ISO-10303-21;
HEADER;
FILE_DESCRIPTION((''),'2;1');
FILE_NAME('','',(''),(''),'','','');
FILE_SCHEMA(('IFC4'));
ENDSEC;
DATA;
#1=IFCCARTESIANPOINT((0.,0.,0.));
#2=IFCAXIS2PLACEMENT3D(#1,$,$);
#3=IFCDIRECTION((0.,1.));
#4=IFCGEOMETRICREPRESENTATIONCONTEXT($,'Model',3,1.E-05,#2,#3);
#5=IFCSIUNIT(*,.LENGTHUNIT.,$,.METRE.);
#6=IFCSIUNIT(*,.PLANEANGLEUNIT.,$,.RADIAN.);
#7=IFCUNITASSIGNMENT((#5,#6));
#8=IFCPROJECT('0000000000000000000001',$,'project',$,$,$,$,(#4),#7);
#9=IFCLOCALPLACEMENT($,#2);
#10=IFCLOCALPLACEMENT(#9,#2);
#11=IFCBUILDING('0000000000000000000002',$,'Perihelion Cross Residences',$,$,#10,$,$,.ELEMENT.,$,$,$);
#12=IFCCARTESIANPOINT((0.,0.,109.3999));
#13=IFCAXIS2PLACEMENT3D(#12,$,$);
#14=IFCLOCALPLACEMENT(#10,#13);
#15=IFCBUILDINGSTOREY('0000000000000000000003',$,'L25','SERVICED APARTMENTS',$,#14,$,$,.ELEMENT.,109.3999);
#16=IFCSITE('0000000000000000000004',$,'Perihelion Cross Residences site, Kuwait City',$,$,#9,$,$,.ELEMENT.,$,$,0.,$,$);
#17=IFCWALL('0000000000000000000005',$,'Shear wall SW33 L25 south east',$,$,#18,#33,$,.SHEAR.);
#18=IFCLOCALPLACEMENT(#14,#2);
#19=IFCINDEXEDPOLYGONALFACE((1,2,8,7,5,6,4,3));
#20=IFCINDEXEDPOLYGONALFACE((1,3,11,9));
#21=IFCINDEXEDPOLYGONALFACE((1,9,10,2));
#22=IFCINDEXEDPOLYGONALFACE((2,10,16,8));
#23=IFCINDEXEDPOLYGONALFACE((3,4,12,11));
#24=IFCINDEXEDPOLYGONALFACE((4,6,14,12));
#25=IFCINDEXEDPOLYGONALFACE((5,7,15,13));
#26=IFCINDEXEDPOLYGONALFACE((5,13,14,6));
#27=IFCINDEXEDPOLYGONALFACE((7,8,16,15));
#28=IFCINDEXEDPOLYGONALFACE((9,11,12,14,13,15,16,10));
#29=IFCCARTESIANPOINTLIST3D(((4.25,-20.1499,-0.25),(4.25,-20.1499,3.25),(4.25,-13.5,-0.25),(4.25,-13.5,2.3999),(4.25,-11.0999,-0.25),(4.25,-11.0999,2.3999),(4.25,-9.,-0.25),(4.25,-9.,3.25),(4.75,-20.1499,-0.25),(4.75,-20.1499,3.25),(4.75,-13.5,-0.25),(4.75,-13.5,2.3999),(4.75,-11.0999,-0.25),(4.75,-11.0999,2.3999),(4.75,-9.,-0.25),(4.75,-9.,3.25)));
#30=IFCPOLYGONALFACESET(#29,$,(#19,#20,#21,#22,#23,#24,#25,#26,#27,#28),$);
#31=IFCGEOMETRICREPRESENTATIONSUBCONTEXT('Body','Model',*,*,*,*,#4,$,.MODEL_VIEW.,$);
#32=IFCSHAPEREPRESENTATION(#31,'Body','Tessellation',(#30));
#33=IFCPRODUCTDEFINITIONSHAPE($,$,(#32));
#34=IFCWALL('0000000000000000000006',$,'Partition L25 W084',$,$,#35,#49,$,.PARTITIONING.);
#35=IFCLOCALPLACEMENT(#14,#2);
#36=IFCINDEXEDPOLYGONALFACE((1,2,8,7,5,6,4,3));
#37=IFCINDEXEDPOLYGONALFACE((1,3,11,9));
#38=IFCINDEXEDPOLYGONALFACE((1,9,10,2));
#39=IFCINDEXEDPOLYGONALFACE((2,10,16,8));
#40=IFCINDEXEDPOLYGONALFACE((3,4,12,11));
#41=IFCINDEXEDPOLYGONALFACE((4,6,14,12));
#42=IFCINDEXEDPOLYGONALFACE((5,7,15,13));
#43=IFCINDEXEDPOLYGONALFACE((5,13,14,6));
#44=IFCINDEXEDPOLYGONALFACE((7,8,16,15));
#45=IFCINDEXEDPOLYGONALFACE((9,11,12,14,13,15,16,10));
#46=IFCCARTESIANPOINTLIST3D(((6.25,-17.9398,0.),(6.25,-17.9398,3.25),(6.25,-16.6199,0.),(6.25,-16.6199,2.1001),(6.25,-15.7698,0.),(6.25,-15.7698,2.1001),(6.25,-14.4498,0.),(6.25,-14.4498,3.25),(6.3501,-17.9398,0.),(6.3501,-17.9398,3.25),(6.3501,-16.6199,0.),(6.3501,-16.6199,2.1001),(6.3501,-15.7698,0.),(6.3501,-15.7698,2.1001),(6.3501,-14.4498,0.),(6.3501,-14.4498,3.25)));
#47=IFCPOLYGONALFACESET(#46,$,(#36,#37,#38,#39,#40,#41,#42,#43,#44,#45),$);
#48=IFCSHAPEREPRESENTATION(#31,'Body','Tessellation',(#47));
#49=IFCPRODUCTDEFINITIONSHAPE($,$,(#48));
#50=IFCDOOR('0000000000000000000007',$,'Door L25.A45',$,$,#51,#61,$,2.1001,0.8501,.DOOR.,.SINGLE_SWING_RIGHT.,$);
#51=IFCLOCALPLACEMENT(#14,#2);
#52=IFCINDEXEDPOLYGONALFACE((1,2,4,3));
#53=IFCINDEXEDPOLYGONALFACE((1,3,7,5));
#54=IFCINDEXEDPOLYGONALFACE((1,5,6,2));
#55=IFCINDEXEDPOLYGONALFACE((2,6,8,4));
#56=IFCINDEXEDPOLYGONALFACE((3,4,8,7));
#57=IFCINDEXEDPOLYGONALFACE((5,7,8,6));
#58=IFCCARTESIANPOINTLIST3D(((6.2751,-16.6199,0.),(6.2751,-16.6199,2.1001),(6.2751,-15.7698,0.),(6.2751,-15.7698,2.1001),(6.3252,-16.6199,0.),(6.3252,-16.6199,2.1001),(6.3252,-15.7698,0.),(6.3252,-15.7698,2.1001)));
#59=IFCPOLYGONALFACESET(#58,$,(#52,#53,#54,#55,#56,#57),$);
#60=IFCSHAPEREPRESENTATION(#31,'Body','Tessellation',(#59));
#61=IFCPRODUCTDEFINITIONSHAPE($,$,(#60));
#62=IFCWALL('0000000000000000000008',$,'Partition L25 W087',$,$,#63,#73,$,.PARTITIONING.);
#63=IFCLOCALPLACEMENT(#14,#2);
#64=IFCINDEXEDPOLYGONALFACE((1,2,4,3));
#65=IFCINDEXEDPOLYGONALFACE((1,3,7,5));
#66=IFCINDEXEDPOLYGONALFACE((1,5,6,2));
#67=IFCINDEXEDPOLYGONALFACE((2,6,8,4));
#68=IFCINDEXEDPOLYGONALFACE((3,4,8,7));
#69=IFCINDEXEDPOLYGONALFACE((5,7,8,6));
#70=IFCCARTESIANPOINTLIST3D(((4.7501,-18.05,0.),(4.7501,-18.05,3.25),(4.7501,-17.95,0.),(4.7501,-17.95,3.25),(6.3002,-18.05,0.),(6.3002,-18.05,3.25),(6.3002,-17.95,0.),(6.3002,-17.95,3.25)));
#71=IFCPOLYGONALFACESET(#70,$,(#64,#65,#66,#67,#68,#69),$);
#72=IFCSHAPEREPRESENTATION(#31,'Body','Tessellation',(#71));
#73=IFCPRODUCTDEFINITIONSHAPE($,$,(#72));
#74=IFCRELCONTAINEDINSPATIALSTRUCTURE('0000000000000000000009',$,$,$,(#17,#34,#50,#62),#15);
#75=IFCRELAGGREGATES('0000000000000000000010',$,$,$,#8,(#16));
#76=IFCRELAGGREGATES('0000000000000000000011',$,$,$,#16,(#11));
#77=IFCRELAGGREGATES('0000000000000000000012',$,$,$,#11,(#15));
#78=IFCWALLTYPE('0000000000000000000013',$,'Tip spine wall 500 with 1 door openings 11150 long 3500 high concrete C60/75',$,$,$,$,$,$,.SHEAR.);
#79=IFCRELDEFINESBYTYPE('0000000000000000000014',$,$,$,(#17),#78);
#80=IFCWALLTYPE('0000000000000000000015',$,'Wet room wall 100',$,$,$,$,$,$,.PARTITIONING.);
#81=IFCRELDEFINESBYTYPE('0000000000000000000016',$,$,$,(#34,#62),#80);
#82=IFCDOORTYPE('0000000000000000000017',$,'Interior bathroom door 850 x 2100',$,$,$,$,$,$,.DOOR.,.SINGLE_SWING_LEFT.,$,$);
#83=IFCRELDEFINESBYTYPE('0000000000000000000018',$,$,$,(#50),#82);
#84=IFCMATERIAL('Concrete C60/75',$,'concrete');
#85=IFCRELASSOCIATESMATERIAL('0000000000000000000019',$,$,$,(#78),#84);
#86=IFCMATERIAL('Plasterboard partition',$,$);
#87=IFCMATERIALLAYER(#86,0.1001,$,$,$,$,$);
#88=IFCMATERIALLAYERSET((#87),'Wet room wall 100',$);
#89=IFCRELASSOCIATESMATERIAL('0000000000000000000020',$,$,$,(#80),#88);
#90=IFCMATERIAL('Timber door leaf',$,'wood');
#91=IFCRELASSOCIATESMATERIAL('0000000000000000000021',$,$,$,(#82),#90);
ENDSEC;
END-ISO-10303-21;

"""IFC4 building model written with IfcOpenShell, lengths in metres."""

from ifc_helpers import new_model, si_unit, direction, frame, frame_2d, origin, place, context, subcontext, project, spatial, polyline, rectangle, outline, extrude, material, layer, layer_set, material_profile, profile_set, type_object, element, fill, save


model = new_model("IFC4")

# Units and contexts
model_context = context("Model", 3, precision=1e-05, world=origin(), true_north=direction((0.0, 1.0)))
body_context = subcontext(model_context, "Body", "Model", "MODEL_VIEW")
ifc_project = project(units=[si_unit("LENGTHUNIT", "METRE"), si_unit("PLANEANGLEUNIT", "RADIAN")], contexts=[model_context])

# Site, building, storey
site_placement = place(None, origin())
site = spatial("IfcSite", under=ifc_project, at=site_placement, Name="Perihelion Cross Residences site, Kuwait City", CompositionType="ELEMENT", RefElevation=0.0)
building_placement = place(site_placement, origin())
building = spatial("IfcBuilding", under=site, at=building_placement, Name="Perihelion Cross Residences", CompositionType="ELEMENT")
storey_placement = place(building_placement, frame((0.0, 0.0, 109.3999)))
storey = spatial("IfcBuildingStorey", under=building, at=storey_placement, Name="L25", Description="SERVICED APARTMENTS", CompositionType="ELEMENT", Elevation=109.3999)

# Wall
ifc_material_1 = material(Name="Concrete C60/75", Category="concrete")
ifc_material_profile_1 = material_profile(ifc_material_1, outline(polyline([(0.0, 0.0), (6.6499, 0.0), (6.6499, 2.6499), (9.05, 2.6499), (9.05, 0.0), (11.1499, 0.0), (11.1499, 3.5), (0.0, 3.5), (0.0, 0.0)])), Name="Tip spine wall")
ifc_profile_set_1 = profile_set([ifc_material_profile_1], Name="Concrete C60/75")
wall_type_1 = type_object("IfcWallType", Name="Tip spine wall 500 with 1 door openings 11150 long 3500 high concrete C60/75", PredefinedType="SHEAR", material=ifc_profile_set_1)
wall_1_placement = place(storey_placement, frame((4.25, -20.1499, -0.25), z_axis=(1.0, 0.0, 0.0), x_axis=(0.0, 1.0, 0.0)))
element("IfcWall", 1, at=wall_1_placement, inside=storey, type_object=wall_type_1, Name="Shear wall SW33 L25 south east", PredefinedType="SHEAR", context=body_context, shape_type="SweptSolid", body=[
    extrude(outline(polyline([(0.0, 0.0), (6.6499, 0.0), (6.6499, 2.6499), (9.05, 2.6499), (9.05, 0.0), (11.1499, 0.0), (11.1499, 3.5), (0.0, 3.5), (0.0, 0.0)])), origin(), (0.0, 0.0, 1.0), 0.5),
])

# Wall, opening, door
ifc_material_2 = material(Name="Plasterboard partition")
ifc_layer_1 = layer(ifc_material_2, 0.1001)
ifc_layer_set_1 = layer_set([ifc_layer_1], Name="Wet room wall 100")
wall_type_2 = type_object("IfcWallType", Name="Wet room wall 100", PredefinedType="PARTITIONING", material=ifc_layer_set_1)
wall_2_placement = place(storey_placement, frame((6.3, -17.9399, 0.0), z_axis=(0.0, 0.0, 1.0), x_axis=(0.0, 1.0, 0.0)))
wall_2 = element("IfcWall", 2, at=wall_2_placement, inside=storey, type_object=wall_type_2, Name="Partition L25 W084", PredefinedType="PARTITIONING", context=body_context, shape_type="SweptSolid", body=[
    extrude(rectangle(XDim=3.49, YDim=0.1001, at=frame_2d((1.7451, 0.0))), origin(), (0.0, 0.0, 1.0), 3.25),
])
opening_1_placement = place(wall_2_placement, frame((1.3201, 0.0, 0.0)))
opening_1 = element("IfcOpeningElement", 3, at=opening_1_placement, cuts=wall_2, PredefinedType="OPENING", context=body_context, shape_type="SweptSolid", body=[
    extrude(rectangle(XDim=0.8501, YDim=2.1001, at=frame_2d((0.425, 1.05))), frame((0.0, 0.0601, 0.0), z_axis=(0.0, -1.0, 0.0), x_axis=(1.0, 0.0, 0.0)), (0.0, 0.0, 1.0), 0.1201),
])
ifc_material_3 = material(Name="Timber door leaf", Category="wood")
door_type_1 = type_object("IfcDoorType", Name="Interior bathroom door 850 x 2100", OperationType="SINGLE_SWING_LEFT", PredefinedType="DOOR", material=ifc_material_3)
door_1_placement = place(opening_1_placement, origin())
door_1 = element("IfcDoor", 4, at=door_1_placement, inside=storey, type_object=door_type_1, Name="Door L25.A45", OperationType="SINGLE_SWING_RIGHT", OverallHeight=2.1001, OverallWidth=0.8501, PredefinedType="DOOR", context=body_context, shape_type="SweptSolid", body=[
    extrude(rectangle(XDim=0.8501, YDim=2.1001, at=frame_2d((0.425, 1.05))), frame((0.0, 0.0249, 0.0), z_axis=(0.0, -1.0, 0.0), x_axis=(1.0, 0.0, 0.0)), (0.0, 0.0, 1.0), 0.05),
])
fill(opening_1, door_1)

# Wall
wall_3_placement = place(storey_placement, frame((6.3, -18.0, 0.0), z_axis=(0.0, 0.0, 1.0), x_axis=(-1.0, 0.0, 0.0)))
element("IfcWall", 5, at=wall_3_placement, inside=storey, type_object=wall_type_2, Name="Partition L25 W087", PredefinedType="PARTITIONING", context=body_context, shape_type="SweptSolid", body=[
    extrude(rectangle(XDim=1.55, YDim=0.1001, at=frame_2d((0.7749, 0.0))), origin(), (0.0, 0.0, 1.0), 3.25),
])

save(model, "model.ifc")
